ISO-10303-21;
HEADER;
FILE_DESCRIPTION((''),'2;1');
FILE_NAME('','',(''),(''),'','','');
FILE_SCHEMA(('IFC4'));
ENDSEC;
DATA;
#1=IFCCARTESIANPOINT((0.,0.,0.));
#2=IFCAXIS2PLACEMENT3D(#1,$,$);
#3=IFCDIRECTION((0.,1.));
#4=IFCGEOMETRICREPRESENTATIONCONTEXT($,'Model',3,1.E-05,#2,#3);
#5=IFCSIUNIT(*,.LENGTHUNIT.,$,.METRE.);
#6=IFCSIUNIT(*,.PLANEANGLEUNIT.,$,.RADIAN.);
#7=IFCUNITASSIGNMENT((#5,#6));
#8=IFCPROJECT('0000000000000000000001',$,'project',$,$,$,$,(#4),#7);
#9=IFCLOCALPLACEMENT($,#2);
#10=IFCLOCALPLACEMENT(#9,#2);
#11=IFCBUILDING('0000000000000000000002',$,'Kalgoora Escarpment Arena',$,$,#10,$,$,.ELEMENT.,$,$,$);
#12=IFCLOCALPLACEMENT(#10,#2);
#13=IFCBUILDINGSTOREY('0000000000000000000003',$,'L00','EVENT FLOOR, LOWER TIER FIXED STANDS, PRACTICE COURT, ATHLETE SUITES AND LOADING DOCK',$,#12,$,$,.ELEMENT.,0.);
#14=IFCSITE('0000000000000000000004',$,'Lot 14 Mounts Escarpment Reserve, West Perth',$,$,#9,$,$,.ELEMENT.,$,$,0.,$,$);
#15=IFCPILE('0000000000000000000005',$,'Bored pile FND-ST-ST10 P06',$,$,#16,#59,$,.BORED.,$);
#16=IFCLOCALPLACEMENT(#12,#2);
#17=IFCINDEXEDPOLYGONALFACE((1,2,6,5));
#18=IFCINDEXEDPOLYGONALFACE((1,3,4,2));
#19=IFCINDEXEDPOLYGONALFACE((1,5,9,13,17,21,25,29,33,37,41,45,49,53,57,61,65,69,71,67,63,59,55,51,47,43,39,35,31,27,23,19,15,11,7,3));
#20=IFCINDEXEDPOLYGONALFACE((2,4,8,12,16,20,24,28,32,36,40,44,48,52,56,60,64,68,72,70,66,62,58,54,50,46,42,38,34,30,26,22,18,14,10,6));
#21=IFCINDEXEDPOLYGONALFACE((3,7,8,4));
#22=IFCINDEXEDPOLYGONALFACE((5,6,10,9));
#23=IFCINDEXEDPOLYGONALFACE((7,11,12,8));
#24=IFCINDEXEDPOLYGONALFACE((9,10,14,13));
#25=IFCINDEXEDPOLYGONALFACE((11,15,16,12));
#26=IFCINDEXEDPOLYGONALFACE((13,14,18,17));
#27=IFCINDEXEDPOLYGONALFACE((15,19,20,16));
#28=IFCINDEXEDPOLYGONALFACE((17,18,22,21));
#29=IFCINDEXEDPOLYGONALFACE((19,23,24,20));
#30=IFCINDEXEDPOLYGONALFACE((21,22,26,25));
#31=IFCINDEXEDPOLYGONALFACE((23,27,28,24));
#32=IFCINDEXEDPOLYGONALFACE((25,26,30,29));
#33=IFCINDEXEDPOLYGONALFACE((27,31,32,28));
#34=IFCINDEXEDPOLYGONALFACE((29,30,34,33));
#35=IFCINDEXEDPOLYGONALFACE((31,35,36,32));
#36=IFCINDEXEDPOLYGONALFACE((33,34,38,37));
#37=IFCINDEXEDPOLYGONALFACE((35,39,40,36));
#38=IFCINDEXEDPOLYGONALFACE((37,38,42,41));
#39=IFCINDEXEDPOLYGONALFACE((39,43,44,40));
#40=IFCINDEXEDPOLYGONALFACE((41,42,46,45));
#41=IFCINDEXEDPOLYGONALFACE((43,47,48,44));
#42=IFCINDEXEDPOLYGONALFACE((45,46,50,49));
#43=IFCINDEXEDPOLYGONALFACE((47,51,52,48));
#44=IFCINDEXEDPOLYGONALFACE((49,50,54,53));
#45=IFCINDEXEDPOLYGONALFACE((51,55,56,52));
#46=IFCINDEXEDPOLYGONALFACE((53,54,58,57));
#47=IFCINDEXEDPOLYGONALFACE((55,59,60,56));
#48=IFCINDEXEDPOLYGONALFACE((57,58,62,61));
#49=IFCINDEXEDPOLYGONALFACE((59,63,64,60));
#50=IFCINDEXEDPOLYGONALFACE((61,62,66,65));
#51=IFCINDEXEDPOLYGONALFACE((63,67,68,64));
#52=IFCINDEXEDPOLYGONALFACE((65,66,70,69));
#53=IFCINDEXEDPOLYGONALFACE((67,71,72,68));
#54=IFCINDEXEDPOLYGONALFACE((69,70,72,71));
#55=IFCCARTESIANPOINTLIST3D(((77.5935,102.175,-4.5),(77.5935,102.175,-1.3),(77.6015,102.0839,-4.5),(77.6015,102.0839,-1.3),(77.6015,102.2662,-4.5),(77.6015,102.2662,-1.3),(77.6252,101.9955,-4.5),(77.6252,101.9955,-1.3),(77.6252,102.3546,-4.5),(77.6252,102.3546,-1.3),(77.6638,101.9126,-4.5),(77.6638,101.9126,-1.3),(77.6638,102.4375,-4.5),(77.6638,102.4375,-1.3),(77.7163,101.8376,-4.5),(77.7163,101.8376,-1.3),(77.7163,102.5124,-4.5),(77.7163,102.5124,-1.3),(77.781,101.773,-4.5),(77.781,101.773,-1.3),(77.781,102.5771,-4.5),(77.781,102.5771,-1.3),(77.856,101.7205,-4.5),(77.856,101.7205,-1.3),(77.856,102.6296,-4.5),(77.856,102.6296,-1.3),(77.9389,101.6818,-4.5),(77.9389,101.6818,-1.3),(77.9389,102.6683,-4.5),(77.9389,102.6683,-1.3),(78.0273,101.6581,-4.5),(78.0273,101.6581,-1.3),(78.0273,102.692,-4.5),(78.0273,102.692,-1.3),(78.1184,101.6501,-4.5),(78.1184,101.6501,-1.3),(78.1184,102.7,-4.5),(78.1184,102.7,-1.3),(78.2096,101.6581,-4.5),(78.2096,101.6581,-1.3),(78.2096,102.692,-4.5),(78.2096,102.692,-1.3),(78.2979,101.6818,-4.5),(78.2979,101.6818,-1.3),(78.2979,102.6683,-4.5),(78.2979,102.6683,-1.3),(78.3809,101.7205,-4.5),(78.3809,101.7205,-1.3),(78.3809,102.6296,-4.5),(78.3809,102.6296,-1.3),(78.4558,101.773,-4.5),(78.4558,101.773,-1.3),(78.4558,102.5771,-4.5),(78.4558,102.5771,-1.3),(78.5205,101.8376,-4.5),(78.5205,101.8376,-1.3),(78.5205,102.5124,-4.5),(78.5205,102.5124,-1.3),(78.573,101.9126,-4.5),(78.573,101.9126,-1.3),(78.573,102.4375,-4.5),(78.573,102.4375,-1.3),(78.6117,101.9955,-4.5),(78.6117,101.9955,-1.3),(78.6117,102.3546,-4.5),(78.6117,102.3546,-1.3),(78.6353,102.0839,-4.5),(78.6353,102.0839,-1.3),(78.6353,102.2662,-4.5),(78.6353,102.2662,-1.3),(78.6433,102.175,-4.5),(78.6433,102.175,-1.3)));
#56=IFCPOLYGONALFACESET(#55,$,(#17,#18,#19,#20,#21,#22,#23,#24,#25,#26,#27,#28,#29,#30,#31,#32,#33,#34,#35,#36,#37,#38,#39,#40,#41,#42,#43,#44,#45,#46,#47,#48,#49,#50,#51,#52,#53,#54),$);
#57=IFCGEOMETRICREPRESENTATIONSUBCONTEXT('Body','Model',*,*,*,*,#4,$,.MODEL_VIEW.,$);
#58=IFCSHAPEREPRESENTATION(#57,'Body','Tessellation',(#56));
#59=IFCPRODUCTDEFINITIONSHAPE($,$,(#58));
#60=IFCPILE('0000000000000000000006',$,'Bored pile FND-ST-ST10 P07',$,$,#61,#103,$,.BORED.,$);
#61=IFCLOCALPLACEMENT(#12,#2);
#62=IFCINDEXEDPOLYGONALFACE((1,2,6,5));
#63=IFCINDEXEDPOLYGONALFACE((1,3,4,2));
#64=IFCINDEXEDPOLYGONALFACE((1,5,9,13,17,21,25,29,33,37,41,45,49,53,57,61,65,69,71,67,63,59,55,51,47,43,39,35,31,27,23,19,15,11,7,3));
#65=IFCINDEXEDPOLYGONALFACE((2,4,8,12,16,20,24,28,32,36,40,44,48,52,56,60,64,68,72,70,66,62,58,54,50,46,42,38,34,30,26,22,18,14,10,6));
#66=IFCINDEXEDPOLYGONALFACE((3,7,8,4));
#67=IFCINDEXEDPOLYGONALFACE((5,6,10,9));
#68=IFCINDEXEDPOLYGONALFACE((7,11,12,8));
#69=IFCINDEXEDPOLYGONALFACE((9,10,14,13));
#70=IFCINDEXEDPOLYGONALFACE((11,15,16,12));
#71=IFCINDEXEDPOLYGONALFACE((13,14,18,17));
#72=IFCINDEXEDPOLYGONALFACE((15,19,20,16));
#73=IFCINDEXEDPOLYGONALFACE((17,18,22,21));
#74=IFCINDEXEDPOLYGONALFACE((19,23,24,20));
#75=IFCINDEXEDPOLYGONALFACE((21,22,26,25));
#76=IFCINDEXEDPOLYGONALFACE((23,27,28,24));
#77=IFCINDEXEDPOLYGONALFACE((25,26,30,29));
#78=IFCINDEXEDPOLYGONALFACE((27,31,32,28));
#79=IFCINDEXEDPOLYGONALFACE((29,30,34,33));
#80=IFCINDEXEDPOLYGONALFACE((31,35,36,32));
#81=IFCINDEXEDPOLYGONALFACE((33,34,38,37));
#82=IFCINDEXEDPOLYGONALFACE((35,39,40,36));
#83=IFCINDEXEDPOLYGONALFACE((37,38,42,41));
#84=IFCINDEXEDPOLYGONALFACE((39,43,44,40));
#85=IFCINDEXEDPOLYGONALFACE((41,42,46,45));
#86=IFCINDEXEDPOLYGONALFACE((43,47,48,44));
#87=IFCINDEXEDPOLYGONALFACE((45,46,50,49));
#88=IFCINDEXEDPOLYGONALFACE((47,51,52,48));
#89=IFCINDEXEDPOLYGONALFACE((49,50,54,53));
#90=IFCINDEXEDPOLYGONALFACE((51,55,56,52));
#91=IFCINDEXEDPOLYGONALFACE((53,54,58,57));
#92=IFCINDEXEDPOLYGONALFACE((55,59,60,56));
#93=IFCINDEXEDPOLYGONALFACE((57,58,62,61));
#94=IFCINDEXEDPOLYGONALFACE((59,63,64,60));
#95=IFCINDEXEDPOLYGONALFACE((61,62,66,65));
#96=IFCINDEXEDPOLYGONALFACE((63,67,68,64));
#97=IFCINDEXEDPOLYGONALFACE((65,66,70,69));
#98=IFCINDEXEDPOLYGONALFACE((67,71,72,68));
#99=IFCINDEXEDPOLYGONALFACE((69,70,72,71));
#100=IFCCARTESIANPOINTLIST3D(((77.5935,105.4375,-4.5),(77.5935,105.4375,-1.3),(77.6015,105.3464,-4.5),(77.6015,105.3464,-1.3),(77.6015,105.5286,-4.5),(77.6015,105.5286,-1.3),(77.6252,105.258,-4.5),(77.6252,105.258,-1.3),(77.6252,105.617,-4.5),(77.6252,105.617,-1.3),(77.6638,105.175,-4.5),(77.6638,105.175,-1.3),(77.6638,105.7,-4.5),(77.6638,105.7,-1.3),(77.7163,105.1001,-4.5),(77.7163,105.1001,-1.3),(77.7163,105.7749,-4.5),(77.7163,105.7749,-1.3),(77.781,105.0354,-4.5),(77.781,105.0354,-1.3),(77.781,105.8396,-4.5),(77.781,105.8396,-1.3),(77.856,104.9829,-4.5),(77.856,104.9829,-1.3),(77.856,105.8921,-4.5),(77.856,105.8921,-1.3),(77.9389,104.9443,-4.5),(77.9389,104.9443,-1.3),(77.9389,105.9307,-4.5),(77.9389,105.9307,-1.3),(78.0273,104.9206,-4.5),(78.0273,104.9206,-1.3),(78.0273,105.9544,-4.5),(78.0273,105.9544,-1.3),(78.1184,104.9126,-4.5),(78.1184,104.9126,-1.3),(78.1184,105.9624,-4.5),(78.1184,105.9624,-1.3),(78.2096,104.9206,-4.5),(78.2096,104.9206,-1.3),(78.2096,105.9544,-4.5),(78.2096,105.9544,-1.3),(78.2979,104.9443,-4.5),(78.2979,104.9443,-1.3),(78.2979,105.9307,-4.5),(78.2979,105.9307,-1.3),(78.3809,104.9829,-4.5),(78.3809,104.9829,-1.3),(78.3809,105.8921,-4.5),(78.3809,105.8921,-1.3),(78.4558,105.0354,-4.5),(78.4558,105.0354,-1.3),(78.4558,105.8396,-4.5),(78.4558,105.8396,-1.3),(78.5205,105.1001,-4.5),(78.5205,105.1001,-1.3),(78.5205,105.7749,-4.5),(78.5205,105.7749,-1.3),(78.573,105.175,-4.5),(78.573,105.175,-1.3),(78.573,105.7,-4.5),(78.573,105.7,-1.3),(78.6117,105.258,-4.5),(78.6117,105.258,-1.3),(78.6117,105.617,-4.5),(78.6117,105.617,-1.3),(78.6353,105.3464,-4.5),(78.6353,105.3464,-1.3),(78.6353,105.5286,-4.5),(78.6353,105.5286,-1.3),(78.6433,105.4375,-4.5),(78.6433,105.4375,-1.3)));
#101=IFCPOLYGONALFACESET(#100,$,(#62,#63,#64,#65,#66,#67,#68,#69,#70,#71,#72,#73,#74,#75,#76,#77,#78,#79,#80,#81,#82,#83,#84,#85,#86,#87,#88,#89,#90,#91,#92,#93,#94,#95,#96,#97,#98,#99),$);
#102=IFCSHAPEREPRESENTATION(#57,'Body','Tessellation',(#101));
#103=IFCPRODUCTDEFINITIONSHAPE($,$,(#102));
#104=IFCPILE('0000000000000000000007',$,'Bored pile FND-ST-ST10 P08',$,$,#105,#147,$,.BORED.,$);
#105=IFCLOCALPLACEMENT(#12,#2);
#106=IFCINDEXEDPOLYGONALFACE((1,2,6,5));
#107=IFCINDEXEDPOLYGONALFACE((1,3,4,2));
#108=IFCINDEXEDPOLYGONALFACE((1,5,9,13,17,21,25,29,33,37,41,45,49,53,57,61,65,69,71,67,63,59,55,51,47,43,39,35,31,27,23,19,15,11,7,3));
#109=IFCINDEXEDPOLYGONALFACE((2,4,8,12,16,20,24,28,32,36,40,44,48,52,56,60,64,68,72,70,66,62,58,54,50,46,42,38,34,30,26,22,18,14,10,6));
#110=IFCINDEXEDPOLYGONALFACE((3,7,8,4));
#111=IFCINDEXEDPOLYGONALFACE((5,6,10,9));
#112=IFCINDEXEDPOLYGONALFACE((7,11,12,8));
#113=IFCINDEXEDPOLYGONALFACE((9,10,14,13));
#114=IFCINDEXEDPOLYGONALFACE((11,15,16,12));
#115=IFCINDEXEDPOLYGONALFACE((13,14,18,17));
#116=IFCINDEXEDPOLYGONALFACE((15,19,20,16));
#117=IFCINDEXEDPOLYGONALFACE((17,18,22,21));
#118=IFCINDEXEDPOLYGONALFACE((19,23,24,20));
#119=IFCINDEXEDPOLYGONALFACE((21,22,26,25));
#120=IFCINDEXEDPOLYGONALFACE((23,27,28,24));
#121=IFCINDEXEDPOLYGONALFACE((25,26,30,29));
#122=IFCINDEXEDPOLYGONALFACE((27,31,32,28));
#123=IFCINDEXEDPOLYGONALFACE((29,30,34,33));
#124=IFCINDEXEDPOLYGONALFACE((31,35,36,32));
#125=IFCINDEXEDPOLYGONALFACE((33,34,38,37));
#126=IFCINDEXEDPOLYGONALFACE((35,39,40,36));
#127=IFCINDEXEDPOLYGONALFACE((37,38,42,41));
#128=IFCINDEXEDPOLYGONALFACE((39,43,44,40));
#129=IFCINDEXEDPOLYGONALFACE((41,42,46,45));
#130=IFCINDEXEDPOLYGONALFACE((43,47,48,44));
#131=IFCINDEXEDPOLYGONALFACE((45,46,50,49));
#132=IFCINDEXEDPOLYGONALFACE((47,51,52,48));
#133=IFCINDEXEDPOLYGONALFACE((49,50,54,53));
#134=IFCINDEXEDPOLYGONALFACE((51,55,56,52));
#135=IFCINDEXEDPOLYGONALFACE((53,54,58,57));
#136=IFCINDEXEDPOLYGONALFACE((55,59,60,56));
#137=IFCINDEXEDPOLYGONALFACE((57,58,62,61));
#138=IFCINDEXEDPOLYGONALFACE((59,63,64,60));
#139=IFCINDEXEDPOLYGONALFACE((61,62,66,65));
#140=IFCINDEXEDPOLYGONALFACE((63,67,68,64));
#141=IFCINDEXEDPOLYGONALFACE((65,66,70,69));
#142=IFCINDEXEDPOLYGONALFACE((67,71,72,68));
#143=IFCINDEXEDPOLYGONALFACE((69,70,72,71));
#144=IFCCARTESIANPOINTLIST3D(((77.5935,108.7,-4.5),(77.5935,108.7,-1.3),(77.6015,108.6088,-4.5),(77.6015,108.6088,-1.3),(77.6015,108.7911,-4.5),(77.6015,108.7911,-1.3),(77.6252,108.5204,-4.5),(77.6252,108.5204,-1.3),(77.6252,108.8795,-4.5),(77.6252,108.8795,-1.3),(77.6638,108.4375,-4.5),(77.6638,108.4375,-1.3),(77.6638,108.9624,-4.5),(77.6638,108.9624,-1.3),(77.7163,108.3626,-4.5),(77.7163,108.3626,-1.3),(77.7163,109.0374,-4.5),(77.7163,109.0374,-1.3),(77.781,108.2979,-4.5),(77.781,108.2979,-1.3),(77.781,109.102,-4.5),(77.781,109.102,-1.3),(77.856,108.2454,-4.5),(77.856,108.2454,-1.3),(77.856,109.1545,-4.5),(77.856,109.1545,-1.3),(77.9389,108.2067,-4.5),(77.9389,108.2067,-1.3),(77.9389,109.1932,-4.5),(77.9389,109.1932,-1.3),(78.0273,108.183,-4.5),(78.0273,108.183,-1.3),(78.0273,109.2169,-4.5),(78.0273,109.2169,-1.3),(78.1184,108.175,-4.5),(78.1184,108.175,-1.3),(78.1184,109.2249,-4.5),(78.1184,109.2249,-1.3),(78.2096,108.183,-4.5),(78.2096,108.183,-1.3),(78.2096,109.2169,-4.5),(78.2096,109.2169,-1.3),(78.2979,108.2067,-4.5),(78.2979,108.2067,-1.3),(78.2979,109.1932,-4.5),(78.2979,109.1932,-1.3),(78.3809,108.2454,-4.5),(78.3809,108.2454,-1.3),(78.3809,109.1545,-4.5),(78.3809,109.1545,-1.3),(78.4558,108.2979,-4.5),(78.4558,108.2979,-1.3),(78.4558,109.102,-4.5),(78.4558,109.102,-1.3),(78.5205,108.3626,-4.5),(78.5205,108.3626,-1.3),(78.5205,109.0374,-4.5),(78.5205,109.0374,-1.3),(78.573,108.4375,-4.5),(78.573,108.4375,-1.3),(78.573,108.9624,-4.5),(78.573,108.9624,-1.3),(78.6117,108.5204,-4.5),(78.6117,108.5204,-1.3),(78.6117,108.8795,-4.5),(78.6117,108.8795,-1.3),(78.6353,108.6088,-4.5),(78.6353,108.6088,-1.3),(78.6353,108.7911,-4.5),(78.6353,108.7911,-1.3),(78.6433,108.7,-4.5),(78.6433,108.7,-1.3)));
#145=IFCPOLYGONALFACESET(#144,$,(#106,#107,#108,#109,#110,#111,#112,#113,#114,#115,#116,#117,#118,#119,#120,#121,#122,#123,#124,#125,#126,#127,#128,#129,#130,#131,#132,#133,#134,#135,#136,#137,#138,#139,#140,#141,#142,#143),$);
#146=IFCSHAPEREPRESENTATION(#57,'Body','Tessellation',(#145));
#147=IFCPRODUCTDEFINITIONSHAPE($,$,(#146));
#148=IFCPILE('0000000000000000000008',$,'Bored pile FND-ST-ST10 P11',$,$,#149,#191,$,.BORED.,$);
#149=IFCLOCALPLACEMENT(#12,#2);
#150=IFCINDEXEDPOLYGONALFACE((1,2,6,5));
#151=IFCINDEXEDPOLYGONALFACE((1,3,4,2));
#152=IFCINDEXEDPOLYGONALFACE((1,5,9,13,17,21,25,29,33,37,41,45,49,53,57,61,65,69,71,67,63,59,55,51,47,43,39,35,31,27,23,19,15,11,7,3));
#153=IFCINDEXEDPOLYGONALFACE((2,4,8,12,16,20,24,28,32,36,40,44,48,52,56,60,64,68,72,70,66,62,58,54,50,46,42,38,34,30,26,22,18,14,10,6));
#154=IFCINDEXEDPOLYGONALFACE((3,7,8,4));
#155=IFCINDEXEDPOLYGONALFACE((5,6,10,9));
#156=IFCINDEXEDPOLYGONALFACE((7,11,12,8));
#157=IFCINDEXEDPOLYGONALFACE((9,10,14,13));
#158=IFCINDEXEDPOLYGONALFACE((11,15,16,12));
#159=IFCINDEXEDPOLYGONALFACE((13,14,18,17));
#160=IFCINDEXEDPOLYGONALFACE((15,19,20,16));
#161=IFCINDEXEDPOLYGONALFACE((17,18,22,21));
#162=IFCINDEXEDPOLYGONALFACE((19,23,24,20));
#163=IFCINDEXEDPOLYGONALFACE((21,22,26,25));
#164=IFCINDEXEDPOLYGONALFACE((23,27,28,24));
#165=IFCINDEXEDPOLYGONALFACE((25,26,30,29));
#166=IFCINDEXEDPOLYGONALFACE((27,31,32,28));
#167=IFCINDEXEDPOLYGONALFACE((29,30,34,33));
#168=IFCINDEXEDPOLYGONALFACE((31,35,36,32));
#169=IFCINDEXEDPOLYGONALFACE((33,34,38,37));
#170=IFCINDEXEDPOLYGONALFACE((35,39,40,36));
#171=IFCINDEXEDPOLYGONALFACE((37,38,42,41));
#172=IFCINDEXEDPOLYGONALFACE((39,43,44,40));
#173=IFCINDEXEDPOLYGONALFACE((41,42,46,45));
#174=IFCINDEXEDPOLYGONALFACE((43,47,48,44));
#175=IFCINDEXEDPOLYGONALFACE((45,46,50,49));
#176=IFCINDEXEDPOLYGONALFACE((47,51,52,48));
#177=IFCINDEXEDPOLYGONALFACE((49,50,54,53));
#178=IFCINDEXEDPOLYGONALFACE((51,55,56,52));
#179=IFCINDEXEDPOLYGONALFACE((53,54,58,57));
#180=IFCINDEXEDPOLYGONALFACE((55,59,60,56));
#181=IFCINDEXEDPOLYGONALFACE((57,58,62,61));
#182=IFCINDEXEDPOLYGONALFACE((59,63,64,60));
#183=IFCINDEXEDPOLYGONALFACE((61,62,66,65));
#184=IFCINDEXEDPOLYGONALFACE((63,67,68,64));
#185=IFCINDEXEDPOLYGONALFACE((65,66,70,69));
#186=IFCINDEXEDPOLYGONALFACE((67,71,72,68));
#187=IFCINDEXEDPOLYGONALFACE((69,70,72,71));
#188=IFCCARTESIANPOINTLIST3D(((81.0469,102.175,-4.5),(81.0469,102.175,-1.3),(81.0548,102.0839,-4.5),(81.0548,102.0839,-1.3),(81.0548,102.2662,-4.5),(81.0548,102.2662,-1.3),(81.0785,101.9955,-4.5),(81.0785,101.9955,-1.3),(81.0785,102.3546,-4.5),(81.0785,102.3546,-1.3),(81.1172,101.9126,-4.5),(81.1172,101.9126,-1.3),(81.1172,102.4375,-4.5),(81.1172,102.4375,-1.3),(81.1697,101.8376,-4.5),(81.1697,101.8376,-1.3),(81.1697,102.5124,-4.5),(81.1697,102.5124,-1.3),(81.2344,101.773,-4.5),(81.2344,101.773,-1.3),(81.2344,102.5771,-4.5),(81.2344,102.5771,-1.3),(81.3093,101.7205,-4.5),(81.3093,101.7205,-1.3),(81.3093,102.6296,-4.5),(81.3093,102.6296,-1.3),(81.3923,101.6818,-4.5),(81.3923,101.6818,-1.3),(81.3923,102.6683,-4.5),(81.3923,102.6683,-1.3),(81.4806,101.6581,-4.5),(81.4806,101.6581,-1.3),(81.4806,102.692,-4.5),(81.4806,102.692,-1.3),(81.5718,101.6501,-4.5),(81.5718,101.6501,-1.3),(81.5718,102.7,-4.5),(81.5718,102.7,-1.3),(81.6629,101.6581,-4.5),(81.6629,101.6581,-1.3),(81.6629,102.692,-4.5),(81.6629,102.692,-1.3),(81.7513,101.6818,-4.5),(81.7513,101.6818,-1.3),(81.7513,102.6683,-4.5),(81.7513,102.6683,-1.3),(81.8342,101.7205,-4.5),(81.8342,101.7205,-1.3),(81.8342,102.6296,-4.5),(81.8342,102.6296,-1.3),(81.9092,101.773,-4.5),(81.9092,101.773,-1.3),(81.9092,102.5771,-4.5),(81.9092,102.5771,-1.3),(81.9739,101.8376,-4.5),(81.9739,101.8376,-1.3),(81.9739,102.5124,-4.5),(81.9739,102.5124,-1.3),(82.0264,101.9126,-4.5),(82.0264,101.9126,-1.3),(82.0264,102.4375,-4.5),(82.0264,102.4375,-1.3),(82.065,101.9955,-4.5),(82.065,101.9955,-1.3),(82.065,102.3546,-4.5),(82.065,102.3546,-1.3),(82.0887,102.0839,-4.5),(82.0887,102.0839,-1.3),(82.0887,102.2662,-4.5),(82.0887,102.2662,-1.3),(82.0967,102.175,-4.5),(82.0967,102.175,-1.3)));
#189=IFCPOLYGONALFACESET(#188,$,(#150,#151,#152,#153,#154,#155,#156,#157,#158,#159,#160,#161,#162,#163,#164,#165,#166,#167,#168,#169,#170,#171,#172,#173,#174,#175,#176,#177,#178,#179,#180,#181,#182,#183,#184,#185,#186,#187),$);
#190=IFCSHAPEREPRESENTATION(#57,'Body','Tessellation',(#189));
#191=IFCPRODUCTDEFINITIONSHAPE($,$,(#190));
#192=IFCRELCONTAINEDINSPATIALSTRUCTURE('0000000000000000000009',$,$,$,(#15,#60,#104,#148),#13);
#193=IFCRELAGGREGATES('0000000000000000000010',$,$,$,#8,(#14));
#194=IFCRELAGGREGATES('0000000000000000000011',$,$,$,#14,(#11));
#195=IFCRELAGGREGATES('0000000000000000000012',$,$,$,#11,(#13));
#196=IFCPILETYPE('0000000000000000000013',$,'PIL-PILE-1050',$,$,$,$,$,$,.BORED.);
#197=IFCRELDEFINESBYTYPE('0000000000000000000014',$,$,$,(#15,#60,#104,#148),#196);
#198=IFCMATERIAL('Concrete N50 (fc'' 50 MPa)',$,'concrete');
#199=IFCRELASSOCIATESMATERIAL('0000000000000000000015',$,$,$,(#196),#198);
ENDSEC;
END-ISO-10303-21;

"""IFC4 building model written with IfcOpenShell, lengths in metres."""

from ifc_helpers import new_model, si_unit, direction, frame, origin, origin_2d, place, context, subcontext, project, spatial, circle, extrude, material, material_profile, profile_set, type_object, element, save


model = new_model("IFC4")

# Units and contexts
model_context = context("Model", 3, precision=1e-05, world=origin(), true_north=direction((0.0, 1.0)))
body_context = subcontext(model_context, "Body", "Model", "MODEL_VIEW")
ifc_project = project(units=[si_unit("LENGTHUNIT", "METRE"), si_unit("PLANEANGLEUNIT", "RADIAN")], contexts=[model_context])

# Site, building, storey
site_placement = place(None, origin())
site = spatial("IfcSite", under=ifc_project, at=site_placement, Name="Lot 14 Mounts Escarpment Reserve, West Perth", CompositionType="ELEMENT", RefElevation=0.0)
building_placement = place(site_placement, origin())
building = spatial("IfcBuilding", under=site, at=building_placement, Name="Kalgoora Escarpment Arena", CompositionType="ELEMENT")
storey_placement = place(building_placement, origin())
storey = spatial("IfcBuildingStorey", under=building, at=storey_placement, Name="L00", Description="EVENT FLOOR, LOWER TIER FIXED STANDS, PRACTICE COURT, ATHLETE SUITES AND LOADING DOCK", CompositionType="ELEMENT", Elevation=0.0)

# Piles
ifc_material_1 = material(Name="Concrete N50 (fc' 50 MPa)", Category="concrete")
ifc_material_profile_1 = material_profile(ifc_material_1, circle(Radius=0.5249, at=origin_2d()))
ifc_profile_set_1 = profile_set([ifc_material_profile_1], Name="Concrete N50 (fc' 50 MPa)")
pile_type_1 = type_object("IfcPileType", Name="PIL-PILE-1050", PredefinedType="BORED", material=ifc_profile_set_1)
for number, where, z_axis, x_axis, name in (
    (1, (78.1184, 102.175, -1.3), (0.0, 0.0, -1.0), (1.0, 0.0, 0.0), "Bored pile FND-ST-ST10 P06"),
    (2, (78.1184, 105.4375, -1.3), (0.0, 0.0, -1.0), (1.0, 0.0, 0.0), "Bored pile FND-ST-ST10 P07"),
    (3, (78.1184, 108.7, -1.3), (0.0, 0.0, -1.0), (1.0, 0.0, 0.0), "Bored pile FND-ST-ST10 P08"),
    (4, (81.5718, 102.175, -1.3), (0.0, 0.0, -1.0), (1.0, 0.0, 0.0), "Bored pile FND-ST-ST10 P11"),
):
    element("IfcPile", number, at=place(storey_placement, frame(where, z_axis=z_axis, x_axis=x_axis)), inside=storey, type_object=pile_type_1, Name=name, PredefinedType="BORED", context=body_context, shape_type="SweptSolid", body=[
        extrude(circle(Radius=0.5249, at=origin_2d()), origin(), (0.0, 0.0, 1.0), 3.2),
    ])

save(model, "model.ifc")
